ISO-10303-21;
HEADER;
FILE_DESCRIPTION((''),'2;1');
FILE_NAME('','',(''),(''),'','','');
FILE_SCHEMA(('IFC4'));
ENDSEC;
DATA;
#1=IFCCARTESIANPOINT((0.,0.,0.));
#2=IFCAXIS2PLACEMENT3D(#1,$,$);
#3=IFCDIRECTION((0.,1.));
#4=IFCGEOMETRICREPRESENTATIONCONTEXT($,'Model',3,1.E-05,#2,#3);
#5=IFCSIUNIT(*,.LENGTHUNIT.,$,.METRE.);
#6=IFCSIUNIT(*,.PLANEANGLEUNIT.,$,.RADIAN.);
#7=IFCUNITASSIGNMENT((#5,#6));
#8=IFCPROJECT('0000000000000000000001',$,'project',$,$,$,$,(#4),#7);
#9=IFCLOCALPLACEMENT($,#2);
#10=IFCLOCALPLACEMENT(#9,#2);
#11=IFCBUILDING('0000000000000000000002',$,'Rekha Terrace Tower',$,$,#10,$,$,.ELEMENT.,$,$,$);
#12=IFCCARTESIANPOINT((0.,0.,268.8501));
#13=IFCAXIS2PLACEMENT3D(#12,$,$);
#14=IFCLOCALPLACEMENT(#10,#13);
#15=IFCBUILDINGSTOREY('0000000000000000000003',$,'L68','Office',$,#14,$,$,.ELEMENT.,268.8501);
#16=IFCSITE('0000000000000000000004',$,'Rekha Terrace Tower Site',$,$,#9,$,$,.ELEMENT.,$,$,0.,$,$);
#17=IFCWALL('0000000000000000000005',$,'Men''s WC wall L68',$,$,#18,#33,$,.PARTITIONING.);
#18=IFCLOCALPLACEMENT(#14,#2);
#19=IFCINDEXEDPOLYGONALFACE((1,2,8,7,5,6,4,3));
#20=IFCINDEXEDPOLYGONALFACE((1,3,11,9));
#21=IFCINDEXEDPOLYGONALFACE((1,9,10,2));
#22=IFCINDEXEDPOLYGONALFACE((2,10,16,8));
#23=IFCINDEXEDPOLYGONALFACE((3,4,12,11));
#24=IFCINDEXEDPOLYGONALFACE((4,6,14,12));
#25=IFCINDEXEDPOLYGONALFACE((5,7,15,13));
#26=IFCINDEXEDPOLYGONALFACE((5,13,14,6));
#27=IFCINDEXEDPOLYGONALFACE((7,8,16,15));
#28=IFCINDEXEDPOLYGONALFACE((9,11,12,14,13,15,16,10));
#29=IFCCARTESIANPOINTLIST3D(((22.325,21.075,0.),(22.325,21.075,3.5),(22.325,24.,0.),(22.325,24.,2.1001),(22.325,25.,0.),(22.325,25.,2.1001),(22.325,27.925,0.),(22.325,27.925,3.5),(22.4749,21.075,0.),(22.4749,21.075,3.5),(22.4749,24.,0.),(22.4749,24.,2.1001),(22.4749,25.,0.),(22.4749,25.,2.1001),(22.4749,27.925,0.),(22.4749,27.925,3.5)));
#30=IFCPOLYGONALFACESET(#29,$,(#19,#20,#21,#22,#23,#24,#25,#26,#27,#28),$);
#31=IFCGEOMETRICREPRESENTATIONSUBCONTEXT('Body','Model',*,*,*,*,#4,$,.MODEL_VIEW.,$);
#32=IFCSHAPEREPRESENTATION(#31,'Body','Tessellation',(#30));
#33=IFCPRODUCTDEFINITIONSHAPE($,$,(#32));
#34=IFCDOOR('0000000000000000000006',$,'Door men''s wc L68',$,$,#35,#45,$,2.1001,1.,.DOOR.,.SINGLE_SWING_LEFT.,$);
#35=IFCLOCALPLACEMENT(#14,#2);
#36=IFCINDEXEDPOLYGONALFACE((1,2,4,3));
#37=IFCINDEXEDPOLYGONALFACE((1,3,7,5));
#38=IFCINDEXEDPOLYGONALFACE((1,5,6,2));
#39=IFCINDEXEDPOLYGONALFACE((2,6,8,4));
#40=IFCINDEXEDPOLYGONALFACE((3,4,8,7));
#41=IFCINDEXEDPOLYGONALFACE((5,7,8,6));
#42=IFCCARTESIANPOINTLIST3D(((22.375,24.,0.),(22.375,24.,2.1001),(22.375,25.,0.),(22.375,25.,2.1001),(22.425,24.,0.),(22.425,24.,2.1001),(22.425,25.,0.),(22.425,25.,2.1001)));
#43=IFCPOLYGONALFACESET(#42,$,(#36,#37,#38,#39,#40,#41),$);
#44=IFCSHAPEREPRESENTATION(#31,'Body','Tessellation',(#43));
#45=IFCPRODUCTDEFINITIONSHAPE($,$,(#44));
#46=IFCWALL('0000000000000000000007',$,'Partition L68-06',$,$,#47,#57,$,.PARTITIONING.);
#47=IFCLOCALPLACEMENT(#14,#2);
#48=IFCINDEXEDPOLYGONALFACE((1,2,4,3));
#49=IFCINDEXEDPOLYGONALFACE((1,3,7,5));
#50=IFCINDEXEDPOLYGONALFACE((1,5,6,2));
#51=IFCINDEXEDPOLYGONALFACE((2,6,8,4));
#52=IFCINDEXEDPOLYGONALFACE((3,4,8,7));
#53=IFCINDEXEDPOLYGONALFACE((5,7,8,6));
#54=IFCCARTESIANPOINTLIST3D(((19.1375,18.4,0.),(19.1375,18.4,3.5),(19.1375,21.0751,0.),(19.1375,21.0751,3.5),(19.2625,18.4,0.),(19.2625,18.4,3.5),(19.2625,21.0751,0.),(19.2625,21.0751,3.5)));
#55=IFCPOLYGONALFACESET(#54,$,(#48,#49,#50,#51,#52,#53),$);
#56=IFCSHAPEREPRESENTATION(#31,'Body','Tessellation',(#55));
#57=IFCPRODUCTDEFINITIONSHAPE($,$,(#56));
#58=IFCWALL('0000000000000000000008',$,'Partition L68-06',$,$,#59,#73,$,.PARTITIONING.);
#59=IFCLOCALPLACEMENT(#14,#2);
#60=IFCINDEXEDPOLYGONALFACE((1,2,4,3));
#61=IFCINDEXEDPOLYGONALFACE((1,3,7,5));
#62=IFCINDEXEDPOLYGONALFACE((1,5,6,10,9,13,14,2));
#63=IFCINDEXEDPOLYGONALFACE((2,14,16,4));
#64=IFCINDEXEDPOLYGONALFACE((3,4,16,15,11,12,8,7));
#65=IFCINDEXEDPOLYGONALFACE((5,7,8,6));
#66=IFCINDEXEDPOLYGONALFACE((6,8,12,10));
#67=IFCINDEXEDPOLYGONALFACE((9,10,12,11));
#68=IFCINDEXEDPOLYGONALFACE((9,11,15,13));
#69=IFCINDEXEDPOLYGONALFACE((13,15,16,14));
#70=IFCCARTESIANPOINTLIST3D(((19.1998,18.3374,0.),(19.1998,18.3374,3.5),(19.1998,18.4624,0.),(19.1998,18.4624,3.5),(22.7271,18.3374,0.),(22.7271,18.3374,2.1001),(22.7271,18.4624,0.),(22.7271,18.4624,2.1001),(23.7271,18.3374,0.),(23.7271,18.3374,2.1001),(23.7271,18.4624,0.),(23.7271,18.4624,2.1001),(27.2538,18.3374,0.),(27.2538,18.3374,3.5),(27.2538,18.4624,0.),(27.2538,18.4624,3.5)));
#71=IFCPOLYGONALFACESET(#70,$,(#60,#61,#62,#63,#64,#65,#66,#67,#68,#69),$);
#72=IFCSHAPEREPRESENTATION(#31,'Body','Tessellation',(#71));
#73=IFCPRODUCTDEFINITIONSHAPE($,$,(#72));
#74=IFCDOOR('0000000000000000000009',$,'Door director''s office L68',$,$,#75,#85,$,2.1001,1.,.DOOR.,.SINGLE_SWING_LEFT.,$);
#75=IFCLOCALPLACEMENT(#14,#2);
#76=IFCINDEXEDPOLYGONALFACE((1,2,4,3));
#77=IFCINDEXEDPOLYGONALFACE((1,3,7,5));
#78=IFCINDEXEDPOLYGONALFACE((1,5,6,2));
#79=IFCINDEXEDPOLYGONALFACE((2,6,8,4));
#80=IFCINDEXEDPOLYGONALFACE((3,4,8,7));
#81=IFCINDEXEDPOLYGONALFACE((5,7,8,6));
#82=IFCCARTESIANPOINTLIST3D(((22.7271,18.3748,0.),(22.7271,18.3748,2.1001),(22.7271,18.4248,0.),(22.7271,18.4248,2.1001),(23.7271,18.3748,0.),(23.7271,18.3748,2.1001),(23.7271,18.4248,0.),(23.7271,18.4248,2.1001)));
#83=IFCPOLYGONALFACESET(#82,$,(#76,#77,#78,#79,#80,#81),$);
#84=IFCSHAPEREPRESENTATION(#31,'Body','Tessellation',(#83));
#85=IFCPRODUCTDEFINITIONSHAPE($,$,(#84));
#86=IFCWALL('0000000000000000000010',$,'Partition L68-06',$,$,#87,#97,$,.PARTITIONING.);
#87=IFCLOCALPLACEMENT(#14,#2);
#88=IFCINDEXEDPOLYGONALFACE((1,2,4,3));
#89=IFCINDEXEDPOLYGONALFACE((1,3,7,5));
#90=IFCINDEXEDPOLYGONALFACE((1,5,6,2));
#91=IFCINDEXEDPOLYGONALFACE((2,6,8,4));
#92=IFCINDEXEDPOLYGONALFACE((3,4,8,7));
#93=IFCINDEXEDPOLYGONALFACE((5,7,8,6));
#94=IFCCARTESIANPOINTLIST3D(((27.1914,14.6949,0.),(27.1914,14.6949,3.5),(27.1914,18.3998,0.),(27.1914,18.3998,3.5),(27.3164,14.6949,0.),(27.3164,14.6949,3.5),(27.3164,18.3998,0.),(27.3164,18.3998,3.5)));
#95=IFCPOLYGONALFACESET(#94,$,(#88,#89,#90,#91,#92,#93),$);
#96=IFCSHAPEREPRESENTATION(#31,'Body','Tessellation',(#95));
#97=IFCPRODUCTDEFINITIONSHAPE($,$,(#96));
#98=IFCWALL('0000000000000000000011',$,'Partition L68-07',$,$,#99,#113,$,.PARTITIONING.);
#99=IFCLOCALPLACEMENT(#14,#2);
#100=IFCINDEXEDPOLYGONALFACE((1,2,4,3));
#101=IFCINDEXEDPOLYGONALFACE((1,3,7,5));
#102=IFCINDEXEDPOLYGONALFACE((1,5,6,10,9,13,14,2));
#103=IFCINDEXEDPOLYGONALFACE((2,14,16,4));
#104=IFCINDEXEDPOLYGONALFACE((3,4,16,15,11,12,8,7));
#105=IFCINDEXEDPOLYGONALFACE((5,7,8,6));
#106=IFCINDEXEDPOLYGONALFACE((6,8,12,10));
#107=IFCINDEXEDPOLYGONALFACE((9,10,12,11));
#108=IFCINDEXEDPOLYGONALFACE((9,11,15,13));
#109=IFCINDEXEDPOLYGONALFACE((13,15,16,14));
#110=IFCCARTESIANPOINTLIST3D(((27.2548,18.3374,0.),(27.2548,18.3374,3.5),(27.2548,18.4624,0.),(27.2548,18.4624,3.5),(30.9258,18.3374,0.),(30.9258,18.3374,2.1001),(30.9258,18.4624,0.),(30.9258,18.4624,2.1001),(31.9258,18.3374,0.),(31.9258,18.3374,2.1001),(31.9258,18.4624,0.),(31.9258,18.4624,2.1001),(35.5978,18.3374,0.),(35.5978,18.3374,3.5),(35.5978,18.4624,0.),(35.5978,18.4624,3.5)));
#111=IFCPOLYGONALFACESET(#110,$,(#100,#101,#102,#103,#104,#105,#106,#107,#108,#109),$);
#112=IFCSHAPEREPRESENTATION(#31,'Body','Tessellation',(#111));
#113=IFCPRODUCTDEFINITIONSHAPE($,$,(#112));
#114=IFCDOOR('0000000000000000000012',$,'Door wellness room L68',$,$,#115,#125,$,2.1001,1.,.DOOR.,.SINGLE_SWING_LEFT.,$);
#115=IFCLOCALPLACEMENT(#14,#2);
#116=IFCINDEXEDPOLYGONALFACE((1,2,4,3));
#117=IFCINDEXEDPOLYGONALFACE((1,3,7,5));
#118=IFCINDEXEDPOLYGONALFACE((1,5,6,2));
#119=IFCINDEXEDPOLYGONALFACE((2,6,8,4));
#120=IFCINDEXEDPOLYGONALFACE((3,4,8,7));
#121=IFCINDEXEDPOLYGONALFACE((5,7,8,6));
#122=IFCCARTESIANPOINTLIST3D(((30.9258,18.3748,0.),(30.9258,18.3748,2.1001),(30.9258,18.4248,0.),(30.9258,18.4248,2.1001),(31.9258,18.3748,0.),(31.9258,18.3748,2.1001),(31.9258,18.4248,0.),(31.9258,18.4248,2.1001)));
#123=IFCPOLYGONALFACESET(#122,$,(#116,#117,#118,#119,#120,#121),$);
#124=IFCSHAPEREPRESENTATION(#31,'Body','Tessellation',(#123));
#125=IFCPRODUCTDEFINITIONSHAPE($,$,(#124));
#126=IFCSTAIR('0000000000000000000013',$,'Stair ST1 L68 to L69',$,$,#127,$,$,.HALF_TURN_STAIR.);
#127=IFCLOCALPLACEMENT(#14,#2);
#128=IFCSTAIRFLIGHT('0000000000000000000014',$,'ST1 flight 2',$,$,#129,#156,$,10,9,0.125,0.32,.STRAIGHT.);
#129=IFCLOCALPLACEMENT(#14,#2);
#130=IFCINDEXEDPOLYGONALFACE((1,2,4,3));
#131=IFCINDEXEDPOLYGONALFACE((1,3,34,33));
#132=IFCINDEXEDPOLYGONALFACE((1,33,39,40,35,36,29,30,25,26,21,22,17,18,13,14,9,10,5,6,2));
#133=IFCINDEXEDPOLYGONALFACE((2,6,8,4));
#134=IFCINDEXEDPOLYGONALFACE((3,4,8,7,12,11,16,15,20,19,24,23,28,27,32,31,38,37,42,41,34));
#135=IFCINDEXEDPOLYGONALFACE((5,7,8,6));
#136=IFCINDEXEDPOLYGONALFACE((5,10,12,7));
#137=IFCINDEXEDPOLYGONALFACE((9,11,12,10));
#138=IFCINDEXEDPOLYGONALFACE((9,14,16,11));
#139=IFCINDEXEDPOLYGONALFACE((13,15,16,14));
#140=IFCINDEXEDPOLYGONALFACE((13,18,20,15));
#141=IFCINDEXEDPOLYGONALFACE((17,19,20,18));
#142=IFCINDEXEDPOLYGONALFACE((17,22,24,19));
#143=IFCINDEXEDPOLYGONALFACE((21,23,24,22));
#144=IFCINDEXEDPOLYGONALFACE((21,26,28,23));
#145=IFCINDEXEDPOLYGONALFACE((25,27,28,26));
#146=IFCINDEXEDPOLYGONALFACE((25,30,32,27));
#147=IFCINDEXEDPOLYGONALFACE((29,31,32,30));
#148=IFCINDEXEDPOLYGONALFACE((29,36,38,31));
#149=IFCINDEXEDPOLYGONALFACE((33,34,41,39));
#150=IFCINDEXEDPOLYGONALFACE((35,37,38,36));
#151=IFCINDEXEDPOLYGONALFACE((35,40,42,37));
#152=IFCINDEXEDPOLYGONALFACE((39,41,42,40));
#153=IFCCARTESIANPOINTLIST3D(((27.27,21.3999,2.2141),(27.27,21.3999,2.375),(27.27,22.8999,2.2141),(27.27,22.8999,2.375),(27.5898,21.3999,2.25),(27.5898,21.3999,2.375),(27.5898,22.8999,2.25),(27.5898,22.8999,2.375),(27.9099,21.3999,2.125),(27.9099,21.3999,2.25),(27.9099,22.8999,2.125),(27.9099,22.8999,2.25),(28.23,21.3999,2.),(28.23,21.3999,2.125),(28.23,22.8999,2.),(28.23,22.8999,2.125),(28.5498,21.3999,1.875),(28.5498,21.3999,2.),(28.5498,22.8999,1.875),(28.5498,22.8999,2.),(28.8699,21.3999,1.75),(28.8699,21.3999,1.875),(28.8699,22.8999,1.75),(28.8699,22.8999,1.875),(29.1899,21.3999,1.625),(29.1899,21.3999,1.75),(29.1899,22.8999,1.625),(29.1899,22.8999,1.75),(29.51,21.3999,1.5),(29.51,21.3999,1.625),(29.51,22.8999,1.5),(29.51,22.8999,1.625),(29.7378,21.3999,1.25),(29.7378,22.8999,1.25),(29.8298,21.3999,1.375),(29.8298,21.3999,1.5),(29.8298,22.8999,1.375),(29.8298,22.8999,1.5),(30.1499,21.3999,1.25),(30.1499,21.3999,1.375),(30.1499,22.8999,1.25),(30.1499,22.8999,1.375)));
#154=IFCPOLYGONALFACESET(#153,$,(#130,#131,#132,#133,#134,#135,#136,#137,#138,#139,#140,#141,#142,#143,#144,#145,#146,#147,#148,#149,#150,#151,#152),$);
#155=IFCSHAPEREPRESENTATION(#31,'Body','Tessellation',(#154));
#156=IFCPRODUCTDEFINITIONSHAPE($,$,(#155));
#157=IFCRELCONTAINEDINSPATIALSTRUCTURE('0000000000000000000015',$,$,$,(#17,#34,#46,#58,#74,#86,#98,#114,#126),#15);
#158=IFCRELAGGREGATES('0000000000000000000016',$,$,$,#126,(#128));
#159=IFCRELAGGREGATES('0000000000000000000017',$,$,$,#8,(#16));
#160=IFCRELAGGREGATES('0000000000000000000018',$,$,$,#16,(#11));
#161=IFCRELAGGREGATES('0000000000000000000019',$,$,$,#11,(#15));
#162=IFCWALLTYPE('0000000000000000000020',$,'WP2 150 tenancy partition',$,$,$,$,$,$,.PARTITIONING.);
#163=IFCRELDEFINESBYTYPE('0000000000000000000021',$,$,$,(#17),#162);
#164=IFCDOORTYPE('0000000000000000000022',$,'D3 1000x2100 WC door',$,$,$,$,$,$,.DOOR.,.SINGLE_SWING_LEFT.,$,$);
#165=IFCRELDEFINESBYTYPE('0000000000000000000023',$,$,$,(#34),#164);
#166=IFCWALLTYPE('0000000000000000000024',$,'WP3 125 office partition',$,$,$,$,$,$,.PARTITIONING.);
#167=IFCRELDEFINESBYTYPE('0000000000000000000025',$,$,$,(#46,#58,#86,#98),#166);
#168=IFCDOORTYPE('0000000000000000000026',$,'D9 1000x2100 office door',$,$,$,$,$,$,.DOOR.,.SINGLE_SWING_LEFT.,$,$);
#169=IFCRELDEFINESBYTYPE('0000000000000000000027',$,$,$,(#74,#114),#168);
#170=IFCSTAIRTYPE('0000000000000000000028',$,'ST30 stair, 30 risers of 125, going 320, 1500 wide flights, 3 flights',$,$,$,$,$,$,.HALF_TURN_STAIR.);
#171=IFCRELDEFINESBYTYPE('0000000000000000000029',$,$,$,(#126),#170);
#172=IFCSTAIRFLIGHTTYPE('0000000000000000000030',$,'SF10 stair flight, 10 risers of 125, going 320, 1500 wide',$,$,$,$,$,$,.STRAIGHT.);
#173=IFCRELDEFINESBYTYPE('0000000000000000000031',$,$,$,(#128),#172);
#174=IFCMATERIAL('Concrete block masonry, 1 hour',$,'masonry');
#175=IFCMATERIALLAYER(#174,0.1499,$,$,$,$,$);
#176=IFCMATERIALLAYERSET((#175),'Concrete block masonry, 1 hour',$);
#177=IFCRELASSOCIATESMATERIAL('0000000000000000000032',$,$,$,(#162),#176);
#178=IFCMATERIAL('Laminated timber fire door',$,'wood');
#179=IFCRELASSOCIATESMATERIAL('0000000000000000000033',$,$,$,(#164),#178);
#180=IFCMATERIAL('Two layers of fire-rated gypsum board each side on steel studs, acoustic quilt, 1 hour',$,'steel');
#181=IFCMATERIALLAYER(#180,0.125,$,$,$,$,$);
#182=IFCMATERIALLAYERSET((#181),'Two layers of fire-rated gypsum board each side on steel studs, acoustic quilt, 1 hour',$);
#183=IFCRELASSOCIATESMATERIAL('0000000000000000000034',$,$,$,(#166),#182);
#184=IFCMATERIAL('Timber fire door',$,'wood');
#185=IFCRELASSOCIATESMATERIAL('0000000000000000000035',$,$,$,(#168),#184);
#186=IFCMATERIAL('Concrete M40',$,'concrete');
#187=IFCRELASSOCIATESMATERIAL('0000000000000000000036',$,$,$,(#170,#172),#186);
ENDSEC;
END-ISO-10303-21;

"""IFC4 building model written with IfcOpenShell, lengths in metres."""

from ifc_helpers import new_model, si_unit, direction, frame, frame_2d, origin, place, context, subcontext, project, spatial, polyline, rectangle, outline, extrude, material, layer, layer_set, type_object, element, fill, aggregate, save


model = new_model("IFC4")

# Units and contexts
model_context = context("Model", 3, precision=1e-05, world=origin(), true_north=direction((0.0, 1.0)))
body_context = subcontext(model_context, "Body", "Model", "MODEL_VIEW")
ifc_project = project(units=[si_unit("LENGTHUNIT", "METRE"), si_unit("PLANEANGLEUNIT", "RADIAN")], contexts=[model_context])

# Site, building, storey
site_placement = place(None, origin())
site = spatial("IfcSite", under=ifc_project, at=site_placement, Name="Rekha Terrace Tower Site", CompositionType="ELEMENT", RefElevation=0.0)
building_placement = place(site_placement, origin())
building = spatial("IfcBuilding", under=site, at=building_placement, Name="Rekha Terrace Tower", CompositionType="ELEMENT")
storey_placement = place(building_placement, frame((0.0, 0.0, 268.8501)))
storey = spatial("IfcBuildingStorey", under=building, at=storey_placement, Name="L68", Description="Office", CompositionType="ELEMENT", Elevation=268.8501)

# Shared definitions
ifc_material_1 = material(Name="Concrete block masonry, 1 hour", Category="masonry")
ifc_layer_1 = layer(ifc_material_1, 0.1499)
ifc_layer_set_1 = layer_set([ifc_layer_1], Name="Concrete block masonry, 1 hour")
wall_type_1 = type_object("IfcWallType", Name="WP2 150 tenancy partition", PredefinedType="PARTITIONING", material=ifc_layer_set_1)

# Wall, opening, door
wall_1_placement = place(storey_placement, frame((22.3999, 21.075, 0.0), z_axis=(0.0, 0.0, 1.0), x_axis=(0.0, 1.0, 0.0)))
wall_1 = element("IfcWall", 1, at=wall_1_placement, inside=storey, type_object=wall_type_1, Name="Men's WC wall L68", PredefinedType="PARTITIONING", context=body_context, shape_type="SweptSolid", body=[
    extrude(rectangle(XDim=6.8501, YDim=0.1499, at=frame_2d((3.425, 0.0))), origin(), (0.0, 0.0, 1.0), 3.5),
])
opening_1_placement = place(wall_1_placement, frame((2.925, 0.0, 0.0)))
opening_1 = element("IfcOpeningElement", 2, at=opening_1_placement, cuts=wall_1, PredefinedType="OPENING", context=body_context, shape_type="SweptSolid", body=[
    extrude(rectangle(XDim=1.0, YDim=2.1001, at=frame_2d((0.5, 1.05))), frame((0.0, 0.085, 0.0), z_axis=(0.0, -1.0, 0.0), x_axis=(1.0, 0.0, 0.0)), (0.0, 0.0, 1.0), 0.1699),
])
ifc_material_2 = material(Name="Laminated timber fire door", Category="wood")
door_type_1 = type_object("IfcDoorType", Name="D3 1000x2100 WC door", OperationType="SINGLE_SWING_LEFT", PredefinedType="DOOR", material=ifc_material_2)
door_1_placement = place(opening_1_placement, origin())
door_1 = element("IfcDoor", 3, at=door_1_placement, inside=storey, type_object=door_type_1, Name="Door men's wc L68", OperationType="SINGLE_SWING_LEFT", OverallHeight=2.1001, OverallWidth=1.0, PredefinedType="DOOR", context=body_context, shape_type="SweptSolid", body=[
    extrude(rectangle(XDim=1.0, YDim=2.1001, at=frame_2d((0.5, 1.05))), frame((0.0, 0.0249, 0.0), z_axis=(0.0, -1.0, 0.0), x_axis=(1.0, 0.0, 0.0)), (0.0, 0.0, 1.0), 0.05),
])
fill(opening_1, door_1)

# Wall
ifc_material_3 = material(Name="Two layers of fire-rated gypsum board each side on steel studs, acoustic quilt, 1 hour", Category="steel")
ifc_layer_2 = layer(ifc_material_3, 0.125)
ifc_layer_set_2 = layer_set([ifc_layer_2], Name="Two layers of fire-rated gypsum board each side on steel studs, acoustic quilt, 1 hour")
wall_type_2 = type_object("IfcWallType", Name="WP3 125 office partition", PredefinedType="PARTITIONING", material=ifc_layer_set_2)
wall_2_placement = place(storey_placement, frame((19.2, 21.075, 0.0), z_axis=(0.0, 0.0, 1.0), x_axis=(0.0, -1.0, 0.0)))
element("IfcWall", 4, at=wall_2_placement, inside=storey, type_object=wall_type_2, Name="Partition L68-06", PredefinedType="PARTITIONING", context=body_context, shape_type="SweptSolid", body=[
    extrude(rectangle(XDim=2.675, YDim=0.125, at=frame_2d((1.3374, 0.0))), origin(), (0.0, 0.0, 1.0), 3.5),
])

# Wall, opening, door
wall_3_placement = place(storey_placement, frame((19.2, 18.3999, 0.0), z_axis=(0.0, 0.0, 1.0), x_axis=(1.0, 0.0, 0.0)))
wall_3 = element("IfcWall", 5, at=wall_3_placement, inside=storey, type_object=wall_type_2, Name="Partition L68-06", PredefinedType="PARTITIONING", context=body_context, shape_type="SweptSolid", body=[
    extrude(rectangle(XDim=8.054, YDim=0.125, at=frame_2d((4.0269, 0.0))), origin(), (0.0, 0.0, 1.0), 3.5),
])
opening_2_placement = place(wall_3_placement, frame((3.5271, 0.0, 0.0)))
opening_2 = element("IfcOpeningElement", 6, at=opening_2_placement, cuts=wall_3, PredefinedType="OPENING", context=body_context, shape_type="SweptSolid", body=[
    extrude(rectangle(XDim=1.0, YDim=2.1001, at=frame_2d((0.5, 1.05))), frame((0.0, 0.0725, 0.0), z_axis=(0.0, -1.0, 0.0), x_axis=(1.0, 0.0, 0.0)), (0.0, 0.0, 1.0), 0.145),
])
ifc_material_4 = material(Name="Timber fire door", Category="wood")
door_type_2 = type_object("IfcDoorType", Name="D9 1000x2100 office door", OperationType="SINGLE_SWING_LEFT", PredefinedType="DOOR", material=ifc_material_4)
door_2_placement = place(opening_2_placement, origin())
door_2 = element("IfcDoor", 7, at=door_2_placement, inside=storey, type_object=door_type_2, Name="Door director's office L68", OperationType="SINGLE_SWING_LEFT", OverallHeight=2.1001, OverallWidth=1.0, PredefinedType="DOOR", context=body_context, shape_type="SweptSolid", body=[
    extrude(rectangle(XDim=1.0, YDim=2.1001, at=frame_2d((0.5, 1.05))), frame((0.0, 0.0249, 0.0), z_axis=(0.0, -1.0, 0.0), x_axis=(1.0, 0.0, 0.0)), (0.0, 0.0, 1.0), 0.05),
])
fill(opening_2, door_2)

# Wall
wall_4_placement = place(storey_placement, frame((27.2539, 18.3999, 0.0), z_axis=(0.0, 0.0, 1.0), x_axis=(0.0, -1.0, 0.0)))
element("IfcWall", 8, at=wall_4_placement, inside=storey, type_object=wall_type_2, Name="Partition L68-06", PredefinedType="PARTITIONING", context=body_context, shape_type="SweptSolid", body=[
    extrude(rectangle(XDim=3.7048, YDim=0.125, at=frame_2d((1.8525, 0.0))), origin(), (0.0, 0.0, 1.0), 3.5),
])

# Wall, opening, door
wall_5_placement = place(storey_placement, frame((27.2549, 18.3999, 0.0), z_axis=(0.0, 0.0, 1.0), x_axis=(1.0, 0.0, 0.0)))
wall_5 = element("IfcWall", 9, at=wall_5_placement, inside=storey, type_object=wall_type_2, Name="Partition L68-07", PredefinedType="PARTITIONING", context=body_context, shape_type="SweptSolid", body=[
    extrude(rectangle(XDim=8.343, YDim=0.125, at=frame_2d((4.1714, 0.0))), origin(), (0.0, 0.0, 1.0), 3.5),
])
opening_3_placement = place(wall_5_placement, frame((3.6709, 0.0, 0.0)))
opening_3 = element("IfcOpeningElement", 10, at=opening_3_placement, cuts=wall_5, PredefinedType="OPENING", context=body_context, shape_type="SweptSolid", body=[
    extrude(rectangle(XDim=1.0, YDim=2.1001, at=frame_2d((0.5, 1.05))), frame((0.0, 0.0725, 0.0), z_axis=(0.0, -1.0, 0.0), x_axis=(1.0, 0.0, 0.0)), (0.0, 0.0, 1.0), 0.145),
])
door_3_placement = place(opening_3_placement, origin())
door_3 = element("IfcDoor", 11, at=door_3_placement, inside=storey, type_object=door_type_2, Name="Door wellness room L68", OperationType="SINGLE_SWING_LEFT", OverallHeight=2.1001, OverallWidth=1.0, PredefinedType="DOOR", context=body_context, shape_type="SweptSolid", body=[
    extrude(rectangle(XDim=1.0, YDim=2.1001, at=frame_2d((0.5, 1.05))), frame((0.0, 0.0249, 0.0), z_axis=(0.0, -1.0, 0.0), x_axis=(1.0, 0.0, 0.0)), (0.0, 0.0, 1.0), 0.05),
])
fill(opening_3, door_3)

# Stair, stair flight
ifc_material_5 = material(Name="Concrete M40", Category="concrete")
stair_type = type_object("IfcStairType", Name="ST30 stair, 30 risers of 125, going 320, 1500 wide flights, 3 flights", PredefinedType="HALF_TURN_STAIR", material=ifc_material_5)
stair_placement = place(storey_placement, origin())
stair = element("IfcStair", 12, at=stair_placement, inside=storey, type_object=stair_type, Name="Stair ST1 L68 to L69", PredefinedType="HALF_TURN_STAIR")
stair_flight_type = type_object("IfcStairFlightType", Name="SF10 stair flight, 10 risers of 125, going 320, 1500 wide", PredefinedType="STRAIGHT", material=ifc_material_5)
stair_flight_placement = place(storey_placement, frame((30.1499, 22.1499, 1.25), z_axis=(0.0, 0.0, 1.0), x_axis=(-1.0, 0.0, 0.0)))
stair_flight = element("IfcStairFlight", 13, at=stair_flight_placement, type_object=stair_flight_type, Name="ST1 flight 2", NumberOfRisers=10, NumberOfTreads=9, PredefinedType="STRAIGHT", RiserHeight=0.125, TreadLength=0.32, context=body_context, shape_type="SweptSolid", body=[
    extrude(outline(polyline([(0.0, 0.0), (0.0, 0.125), (0.3201, 0.125), (0.3201, 0.25), (0.6399, 0.25), (0.6399, 0.375), (0.96, 0.375), (0.96, 0.5), (1.28, 0.5), (1.28, 0.625), (1.6001, 0.625), (1.6001, 0.75), (1.9199, 0.75), (1.9199, 0.875), (2.24, 0.875), (2.24, 1.0), (2.5601, 1.0), (2.5601, 1.125), (2.8799, 1.125), (2.8799, 1.25), (2.8799, 0.9641), (0.4121, 0.0), (0.0, 0.0)])), frame((0.0, 0.75, 0.0), z_axis=(0.0, -1.0, 0.0), x_axis=(1.0, 0.0, 0.0)), (0.0, 0.0, 1.0), 1.5),
])
aggregate(stair, [stair_flight])

save(model, "model.ifc")
